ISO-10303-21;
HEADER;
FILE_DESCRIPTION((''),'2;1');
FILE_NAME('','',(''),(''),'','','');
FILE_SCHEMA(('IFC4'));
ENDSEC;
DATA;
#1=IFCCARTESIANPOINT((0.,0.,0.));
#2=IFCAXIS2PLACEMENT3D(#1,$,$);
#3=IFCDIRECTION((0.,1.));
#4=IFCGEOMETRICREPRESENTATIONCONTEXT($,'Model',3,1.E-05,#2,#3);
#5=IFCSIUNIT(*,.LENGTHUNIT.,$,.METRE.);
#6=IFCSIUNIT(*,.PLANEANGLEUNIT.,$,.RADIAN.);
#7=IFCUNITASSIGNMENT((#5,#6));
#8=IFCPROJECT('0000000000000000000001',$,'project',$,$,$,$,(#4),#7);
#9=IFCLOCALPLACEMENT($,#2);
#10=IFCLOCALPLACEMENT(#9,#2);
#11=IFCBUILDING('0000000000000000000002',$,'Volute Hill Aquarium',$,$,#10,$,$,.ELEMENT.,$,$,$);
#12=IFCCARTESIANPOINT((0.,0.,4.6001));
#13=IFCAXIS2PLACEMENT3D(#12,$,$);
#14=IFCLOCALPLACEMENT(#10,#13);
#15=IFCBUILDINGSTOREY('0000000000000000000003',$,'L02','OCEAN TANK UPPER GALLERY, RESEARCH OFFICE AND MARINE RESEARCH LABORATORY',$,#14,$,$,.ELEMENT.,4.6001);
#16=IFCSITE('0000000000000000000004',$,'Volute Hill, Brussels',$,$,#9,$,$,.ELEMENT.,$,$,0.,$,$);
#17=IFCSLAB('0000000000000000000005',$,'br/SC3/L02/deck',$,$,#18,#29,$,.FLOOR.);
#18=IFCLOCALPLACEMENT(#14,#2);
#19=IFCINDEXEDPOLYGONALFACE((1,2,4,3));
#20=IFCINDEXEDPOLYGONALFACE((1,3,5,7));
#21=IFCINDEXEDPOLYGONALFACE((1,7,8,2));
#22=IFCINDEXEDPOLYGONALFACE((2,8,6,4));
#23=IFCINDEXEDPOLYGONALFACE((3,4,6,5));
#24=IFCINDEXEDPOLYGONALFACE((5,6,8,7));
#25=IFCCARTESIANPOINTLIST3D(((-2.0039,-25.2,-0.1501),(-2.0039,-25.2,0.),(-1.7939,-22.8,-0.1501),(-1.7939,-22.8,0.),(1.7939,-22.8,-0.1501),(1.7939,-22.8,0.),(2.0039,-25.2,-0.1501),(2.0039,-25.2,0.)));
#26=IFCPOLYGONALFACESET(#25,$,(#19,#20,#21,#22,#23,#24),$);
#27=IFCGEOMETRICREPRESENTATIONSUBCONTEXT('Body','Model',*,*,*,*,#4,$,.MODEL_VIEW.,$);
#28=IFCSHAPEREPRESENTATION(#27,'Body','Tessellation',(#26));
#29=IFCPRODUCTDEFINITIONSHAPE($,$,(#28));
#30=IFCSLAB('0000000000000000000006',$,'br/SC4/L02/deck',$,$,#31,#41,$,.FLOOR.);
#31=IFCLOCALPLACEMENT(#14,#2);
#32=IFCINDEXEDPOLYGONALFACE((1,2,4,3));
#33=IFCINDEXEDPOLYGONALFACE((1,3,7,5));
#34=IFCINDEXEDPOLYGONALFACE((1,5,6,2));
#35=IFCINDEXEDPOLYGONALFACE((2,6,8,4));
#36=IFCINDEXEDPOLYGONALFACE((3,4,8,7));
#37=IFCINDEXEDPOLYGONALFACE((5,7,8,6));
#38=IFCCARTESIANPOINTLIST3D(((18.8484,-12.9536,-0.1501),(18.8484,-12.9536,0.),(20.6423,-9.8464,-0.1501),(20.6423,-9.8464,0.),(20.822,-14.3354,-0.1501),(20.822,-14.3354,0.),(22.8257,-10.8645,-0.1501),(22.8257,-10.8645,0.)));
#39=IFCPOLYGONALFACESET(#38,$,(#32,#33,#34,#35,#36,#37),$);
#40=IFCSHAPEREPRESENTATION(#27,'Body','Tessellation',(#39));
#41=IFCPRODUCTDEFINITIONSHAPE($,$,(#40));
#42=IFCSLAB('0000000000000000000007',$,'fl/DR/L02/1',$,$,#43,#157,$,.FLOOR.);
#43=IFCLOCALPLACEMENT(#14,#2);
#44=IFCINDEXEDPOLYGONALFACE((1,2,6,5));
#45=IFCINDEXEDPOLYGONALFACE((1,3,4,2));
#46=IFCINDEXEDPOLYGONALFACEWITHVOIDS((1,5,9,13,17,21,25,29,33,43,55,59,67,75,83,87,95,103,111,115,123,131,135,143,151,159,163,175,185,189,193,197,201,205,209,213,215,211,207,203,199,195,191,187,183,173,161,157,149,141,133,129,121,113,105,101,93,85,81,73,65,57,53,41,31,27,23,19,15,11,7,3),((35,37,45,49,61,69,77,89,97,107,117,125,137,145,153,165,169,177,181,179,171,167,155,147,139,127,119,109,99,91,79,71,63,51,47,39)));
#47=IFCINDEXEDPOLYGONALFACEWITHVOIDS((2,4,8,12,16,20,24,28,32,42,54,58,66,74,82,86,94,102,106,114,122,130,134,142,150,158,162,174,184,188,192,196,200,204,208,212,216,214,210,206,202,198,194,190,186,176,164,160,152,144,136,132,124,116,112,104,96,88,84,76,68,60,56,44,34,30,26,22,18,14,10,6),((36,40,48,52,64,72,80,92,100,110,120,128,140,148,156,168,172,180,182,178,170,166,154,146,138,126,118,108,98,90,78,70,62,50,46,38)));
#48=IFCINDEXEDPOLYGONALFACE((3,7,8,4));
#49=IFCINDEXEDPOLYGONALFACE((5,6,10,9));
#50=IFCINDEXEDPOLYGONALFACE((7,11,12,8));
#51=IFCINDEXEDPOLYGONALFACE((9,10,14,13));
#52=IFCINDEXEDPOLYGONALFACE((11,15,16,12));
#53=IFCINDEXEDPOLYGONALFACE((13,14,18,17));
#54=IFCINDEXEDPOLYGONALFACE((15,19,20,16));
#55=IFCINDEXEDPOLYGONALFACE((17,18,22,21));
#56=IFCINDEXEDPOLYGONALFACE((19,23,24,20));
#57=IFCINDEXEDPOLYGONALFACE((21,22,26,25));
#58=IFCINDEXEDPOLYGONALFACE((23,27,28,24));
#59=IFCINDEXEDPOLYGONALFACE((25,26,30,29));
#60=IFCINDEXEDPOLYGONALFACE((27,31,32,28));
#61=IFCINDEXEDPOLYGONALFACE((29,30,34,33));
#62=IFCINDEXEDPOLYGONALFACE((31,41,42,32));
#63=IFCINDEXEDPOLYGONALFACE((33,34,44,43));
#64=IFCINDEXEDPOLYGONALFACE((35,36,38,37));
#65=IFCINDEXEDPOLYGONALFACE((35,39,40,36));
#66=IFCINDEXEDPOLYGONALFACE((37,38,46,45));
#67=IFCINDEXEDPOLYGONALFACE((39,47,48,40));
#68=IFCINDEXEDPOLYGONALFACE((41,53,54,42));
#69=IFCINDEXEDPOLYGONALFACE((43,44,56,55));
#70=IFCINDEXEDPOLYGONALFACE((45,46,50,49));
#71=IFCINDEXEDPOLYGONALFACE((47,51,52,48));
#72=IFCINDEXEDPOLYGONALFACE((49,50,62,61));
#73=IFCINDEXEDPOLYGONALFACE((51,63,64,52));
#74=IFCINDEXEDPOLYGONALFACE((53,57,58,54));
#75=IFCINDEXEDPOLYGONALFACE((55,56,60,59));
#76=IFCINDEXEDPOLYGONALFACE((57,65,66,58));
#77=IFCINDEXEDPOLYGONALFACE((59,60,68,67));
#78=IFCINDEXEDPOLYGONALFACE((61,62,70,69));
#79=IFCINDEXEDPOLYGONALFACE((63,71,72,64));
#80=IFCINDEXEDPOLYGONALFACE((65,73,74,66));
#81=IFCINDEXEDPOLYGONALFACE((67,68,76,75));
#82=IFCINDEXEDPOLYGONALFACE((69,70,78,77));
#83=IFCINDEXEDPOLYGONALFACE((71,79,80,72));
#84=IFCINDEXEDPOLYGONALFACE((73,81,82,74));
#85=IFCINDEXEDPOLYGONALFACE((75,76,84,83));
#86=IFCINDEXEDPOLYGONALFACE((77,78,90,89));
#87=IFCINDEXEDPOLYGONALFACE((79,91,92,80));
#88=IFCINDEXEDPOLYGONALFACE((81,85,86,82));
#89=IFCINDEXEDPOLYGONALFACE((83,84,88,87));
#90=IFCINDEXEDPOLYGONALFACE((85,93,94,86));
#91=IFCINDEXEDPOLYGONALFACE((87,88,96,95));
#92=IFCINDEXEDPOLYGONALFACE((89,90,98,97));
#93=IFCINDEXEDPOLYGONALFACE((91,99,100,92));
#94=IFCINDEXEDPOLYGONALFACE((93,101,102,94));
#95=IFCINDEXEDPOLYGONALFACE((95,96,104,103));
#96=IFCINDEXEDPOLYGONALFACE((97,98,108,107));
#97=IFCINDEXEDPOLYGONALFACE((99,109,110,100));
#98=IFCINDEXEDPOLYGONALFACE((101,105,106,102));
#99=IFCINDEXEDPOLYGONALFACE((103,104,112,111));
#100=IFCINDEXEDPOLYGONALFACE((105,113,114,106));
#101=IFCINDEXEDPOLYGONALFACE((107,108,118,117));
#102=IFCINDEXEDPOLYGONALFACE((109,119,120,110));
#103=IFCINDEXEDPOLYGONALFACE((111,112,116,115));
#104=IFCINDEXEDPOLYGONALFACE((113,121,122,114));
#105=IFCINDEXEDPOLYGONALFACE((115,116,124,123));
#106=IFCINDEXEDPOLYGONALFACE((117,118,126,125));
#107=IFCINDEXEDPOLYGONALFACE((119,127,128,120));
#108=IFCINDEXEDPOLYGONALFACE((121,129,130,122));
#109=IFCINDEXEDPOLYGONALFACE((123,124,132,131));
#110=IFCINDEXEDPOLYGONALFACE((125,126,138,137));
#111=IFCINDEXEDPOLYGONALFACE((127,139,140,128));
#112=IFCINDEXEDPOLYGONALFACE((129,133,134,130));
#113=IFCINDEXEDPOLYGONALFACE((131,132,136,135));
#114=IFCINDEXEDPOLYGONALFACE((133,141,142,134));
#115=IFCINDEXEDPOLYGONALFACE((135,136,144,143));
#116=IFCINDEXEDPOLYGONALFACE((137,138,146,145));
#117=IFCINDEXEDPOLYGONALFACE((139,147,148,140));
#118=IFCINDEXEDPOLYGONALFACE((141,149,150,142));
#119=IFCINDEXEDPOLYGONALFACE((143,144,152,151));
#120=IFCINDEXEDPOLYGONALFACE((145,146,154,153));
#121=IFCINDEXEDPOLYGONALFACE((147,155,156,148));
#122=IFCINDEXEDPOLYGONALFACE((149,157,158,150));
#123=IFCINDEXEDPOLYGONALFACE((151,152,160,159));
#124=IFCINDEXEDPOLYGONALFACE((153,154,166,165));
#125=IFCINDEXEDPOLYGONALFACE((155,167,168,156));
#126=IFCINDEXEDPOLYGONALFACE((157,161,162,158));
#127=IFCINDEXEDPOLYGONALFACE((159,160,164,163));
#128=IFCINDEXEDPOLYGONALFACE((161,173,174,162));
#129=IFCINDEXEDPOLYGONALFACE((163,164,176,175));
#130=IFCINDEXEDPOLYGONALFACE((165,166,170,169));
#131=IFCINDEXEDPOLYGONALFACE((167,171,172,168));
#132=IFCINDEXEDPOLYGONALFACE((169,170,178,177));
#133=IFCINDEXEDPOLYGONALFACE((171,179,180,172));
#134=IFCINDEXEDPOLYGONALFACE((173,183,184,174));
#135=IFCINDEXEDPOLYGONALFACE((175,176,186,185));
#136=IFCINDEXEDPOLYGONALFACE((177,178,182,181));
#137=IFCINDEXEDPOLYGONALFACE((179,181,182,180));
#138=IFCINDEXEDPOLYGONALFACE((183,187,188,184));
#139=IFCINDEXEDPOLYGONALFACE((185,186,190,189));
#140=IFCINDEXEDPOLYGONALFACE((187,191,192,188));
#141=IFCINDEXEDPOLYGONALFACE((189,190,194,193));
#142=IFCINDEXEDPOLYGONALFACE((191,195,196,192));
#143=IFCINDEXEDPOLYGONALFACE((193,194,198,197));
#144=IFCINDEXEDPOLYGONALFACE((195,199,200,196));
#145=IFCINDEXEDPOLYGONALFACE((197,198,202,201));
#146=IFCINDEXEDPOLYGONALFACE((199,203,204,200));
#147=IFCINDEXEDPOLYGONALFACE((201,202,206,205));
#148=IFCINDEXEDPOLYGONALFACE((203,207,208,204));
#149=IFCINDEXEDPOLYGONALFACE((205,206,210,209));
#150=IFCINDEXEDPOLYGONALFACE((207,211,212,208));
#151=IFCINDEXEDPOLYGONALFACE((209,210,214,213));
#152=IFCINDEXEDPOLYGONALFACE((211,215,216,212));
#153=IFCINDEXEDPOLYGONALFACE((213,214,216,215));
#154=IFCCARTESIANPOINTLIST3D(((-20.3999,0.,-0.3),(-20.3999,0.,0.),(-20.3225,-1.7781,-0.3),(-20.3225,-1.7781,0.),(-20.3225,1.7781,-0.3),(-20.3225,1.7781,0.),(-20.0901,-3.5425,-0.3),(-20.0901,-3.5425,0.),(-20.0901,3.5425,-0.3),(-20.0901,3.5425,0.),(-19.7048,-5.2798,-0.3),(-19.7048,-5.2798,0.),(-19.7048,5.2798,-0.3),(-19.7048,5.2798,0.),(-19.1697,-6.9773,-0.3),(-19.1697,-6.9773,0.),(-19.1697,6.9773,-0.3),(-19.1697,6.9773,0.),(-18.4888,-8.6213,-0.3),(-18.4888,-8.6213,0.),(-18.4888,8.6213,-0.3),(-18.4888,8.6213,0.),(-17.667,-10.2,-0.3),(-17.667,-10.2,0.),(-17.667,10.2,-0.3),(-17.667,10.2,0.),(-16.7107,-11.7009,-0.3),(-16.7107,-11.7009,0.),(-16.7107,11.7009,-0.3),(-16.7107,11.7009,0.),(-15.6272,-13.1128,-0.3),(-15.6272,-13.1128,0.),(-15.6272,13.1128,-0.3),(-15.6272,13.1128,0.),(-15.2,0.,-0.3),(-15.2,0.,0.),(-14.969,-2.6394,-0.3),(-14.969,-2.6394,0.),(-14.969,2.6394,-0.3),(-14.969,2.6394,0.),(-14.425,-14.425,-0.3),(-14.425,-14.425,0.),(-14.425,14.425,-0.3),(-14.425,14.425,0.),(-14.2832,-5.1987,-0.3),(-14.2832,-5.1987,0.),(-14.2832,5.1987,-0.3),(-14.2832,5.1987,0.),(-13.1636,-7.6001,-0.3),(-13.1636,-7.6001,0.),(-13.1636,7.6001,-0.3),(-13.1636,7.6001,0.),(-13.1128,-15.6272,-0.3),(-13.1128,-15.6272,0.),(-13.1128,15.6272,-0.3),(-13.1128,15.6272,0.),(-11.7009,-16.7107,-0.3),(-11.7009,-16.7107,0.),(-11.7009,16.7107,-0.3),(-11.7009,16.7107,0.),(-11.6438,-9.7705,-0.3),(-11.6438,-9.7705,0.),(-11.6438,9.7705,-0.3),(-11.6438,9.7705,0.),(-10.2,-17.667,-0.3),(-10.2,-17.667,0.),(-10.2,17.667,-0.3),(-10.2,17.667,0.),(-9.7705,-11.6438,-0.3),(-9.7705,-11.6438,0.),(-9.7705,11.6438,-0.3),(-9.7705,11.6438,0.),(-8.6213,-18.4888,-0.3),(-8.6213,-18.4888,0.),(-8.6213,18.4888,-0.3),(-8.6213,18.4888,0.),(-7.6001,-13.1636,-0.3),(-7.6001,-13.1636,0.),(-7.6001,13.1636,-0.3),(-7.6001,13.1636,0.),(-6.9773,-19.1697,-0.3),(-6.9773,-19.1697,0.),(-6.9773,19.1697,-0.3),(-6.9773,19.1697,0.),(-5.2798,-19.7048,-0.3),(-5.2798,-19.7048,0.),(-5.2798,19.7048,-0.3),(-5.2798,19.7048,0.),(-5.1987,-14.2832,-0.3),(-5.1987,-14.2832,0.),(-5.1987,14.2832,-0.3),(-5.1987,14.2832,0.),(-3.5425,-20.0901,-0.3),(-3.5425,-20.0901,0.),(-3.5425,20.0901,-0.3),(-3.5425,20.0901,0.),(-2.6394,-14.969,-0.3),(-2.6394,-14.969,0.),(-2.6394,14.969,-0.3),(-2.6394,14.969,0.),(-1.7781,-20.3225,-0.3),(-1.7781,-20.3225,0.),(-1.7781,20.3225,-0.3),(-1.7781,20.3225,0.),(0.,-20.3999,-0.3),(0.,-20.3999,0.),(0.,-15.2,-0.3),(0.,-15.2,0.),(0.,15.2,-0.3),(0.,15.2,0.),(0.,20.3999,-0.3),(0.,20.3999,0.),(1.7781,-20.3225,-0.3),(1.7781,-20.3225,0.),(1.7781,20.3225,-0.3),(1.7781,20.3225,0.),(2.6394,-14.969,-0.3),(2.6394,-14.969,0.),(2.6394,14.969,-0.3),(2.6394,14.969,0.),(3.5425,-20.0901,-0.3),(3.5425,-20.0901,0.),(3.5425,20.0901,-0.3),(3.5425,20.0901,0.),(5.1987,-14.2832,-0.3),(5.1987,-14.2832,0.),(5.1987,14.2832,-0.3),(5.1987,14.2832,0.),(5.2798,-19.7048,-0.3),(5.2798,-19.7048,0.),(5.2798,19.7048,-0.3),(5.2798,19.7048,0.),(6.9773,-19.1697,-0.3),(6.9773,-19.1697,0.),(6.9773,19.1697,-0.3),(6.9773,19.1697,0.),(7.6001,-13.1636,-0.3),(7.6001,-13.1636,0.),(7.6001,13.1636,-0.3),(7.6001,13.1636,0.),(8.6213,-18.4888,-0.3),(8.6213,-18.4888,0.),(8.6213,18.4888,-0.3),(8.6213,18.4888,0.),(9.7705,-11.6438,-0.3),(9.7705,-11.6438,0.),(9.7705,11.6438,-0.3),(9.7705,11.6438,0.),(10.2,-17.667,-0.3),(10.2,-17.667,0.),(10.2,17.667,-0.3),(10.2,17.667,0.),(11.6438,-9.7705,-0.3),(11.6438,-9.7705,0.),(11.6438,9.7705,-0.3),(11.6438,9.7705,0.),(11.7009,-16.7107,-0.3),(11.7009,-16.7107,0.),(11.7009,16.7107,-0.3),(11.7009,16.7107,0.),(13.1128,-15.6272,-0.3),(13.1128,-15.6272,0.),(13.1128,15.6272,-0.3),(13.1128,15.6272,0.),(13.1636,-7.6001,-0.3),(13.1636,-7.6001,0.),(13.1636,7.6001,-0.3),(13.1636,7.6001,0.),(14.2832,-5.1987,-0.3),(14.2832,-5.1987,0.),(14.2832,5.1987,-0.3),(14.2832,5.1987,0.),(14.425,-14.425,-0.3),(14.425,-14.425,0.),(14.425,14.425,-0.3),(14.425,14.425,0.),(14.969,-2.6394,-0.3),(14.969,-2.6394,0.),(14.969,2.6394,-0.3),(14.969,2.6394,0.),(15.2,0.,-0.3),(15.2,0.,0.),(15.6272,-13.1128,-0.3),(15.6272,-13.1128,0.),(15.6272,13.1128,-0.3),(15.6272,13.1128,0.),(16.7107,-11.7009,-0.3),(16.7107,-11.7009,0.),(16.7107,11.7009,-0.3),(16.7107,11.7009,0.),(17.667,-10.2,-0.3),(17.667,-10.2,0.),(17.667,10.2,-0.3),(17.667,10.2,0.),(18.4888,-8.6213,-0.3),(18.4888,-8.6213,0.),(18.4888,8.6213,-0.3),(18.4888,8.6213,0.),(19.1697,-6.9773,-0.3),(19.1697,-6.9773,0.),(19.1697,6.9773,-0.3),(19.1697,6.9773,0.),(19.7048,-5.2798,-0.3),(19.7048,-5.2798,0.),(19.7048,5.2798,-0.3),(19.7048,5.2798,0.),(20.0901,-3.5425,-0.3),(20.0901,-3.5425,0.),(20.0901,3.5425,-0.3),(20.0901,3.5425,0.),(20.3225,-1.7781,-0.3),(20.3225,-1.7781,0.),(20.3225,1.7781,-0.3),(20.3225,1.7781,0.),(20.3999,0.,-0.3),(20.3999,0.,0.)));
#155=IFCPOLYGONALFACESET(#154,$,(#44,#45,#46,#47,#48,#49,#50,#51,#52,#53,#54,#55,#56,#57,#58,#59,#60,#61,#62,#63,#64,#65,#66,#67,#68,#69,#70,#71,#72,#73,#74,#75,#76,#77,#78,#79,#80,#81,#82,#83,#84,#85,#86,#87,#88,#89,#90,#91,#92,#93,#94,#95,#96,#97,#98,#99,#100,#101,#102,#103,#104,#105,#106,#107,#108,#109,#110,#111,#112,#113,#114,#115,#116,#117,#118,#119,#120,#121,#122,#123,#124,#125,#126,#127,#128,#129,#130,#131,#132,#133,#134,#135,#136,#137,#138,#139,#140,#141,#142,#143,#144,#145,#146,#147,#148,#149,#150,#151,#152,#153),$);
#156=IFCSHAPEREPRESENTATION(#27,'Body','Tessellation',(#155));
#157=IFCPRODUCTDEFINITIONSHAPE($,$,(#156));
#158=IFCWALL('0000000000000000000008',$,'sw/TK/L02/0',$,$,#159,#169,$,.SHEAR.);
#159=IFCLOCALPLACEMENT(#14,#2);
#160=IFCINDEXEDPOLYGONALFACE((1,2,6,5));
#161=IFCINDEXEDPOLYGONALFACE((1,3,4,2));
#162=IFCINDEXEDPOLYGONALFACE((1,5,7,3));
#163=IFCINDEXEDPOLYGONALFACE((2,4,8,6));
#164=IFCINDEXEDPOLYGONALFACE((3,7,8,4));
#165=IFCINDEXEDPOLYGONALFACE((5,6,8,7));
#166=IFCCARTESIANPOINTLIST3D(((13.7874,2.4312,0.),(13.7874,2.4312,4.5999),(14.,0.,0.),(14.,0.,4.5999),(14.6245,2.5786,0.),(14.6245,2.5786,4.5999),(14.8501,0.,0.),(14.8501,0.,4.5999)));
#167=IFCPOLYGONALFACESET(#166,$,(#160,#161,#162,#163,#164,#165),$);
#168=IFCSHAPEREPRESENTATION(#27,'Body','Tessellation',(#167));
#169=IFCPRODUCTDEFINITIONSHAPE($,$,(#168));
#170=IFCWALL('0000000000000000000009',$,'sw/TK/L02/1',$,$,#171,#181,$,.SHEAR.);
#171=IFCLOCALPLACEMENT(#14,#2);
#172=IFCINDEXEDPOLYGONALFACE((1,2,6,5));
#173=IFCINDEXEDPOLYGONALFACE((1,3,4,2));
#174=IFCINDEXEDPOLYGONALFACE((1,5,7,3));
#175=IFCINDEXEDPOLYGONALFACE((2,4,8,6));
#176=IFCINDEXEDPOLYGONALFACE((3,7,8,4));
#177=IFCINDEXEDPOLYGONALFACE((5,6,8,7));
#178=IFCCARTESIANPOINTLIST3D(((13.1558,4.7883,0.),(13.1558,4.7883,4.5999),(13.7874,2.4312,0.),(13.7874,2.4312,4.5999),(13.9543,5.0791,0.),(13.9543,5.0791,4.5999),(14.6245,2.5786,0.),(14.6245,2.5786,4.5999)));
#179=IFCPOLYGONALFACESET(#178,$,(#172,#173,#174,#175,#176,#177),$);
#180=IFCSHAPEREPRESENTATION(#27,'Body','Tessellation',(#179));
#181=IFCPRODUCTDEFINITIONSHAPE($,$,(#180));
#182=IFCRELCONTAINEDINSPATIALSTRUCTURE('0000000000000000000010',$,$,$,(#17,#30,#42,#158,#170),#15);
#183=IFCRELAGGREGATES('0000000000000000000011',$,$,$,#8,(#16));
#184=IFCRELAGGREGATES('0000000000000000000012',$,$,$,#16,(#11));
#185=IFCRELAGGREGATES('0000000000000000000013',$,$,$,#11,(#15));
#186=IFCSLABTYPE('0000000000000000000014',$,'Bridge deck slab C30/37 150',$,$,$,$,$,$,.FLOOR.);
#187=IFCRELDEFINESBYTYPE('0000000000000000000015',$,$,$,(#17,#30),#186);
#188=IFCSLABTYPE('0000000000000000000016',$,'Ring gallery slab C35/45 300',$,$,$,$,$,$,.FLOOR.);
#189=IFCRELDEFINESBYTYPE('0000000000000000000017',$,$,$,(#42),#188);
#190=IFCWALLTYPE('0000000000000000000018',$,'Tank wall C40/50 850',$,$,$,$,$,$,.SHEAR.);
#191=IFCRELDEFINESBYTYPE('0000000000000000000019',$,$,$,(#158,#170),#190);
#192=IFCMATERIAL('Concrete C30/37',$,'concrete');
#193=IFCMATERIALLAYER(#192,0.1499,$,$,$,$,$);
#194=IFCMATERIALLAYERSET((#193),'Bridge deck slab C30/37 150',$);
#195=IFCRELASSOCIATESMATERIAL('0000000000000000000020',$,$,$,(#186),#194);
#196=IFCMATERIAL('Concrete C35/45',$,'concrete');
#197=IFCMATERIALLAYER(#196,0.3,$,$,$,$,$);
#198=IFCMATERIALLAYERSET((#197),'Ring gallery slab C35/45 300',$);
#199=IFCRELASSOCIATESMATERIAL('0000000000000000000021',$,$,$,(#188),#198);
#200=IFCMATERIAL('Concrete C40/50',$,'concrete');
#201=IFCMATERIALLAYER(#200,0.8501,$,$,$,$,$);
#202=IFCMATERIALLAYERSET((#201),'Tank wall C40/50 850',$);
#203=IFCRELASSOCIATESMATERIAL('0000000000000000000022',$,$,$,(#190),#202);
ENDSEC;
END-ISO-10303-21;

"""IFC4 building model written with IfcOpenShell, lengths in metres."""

from ifc_helpers import new_model, si_unit, direction, frame, origin, place, context, subcontext, project, spatial, polyline, outline, extrude, material, layer, layer_set, type_object, element, save


model = new_model("IFC4")

# Units and contexts
model_context = context("Model", 3, precision=1e-05, world=origin(), true_north=direction((0.0, 1.0)))
body_context = subcontext(model_context, "Body", "Model", "MODEL_VIEW")
ifc_project = project(units=[si_unit("LENGTHUNIT", "METRE"), si_unit("PLANEANGLEUNIT", "RADIAN")], contexts=[model_context])

# Site, building, storey
site_placement = place(None, origin())
site = spatial("IfcSite", under=ifc_project, at=site_placement, Name="Volute Hill, Brussels", CompositionType="ELEMENT", RefElevation=0.0)
building_placement = place(site_placement, origin())
building = spatial("IfcBuilding", under=site, at=building_placement, Name="Volute Hill Aquarium", CompositionType="ELEMENT")
storey_placement = place(building_placement, frame((0.0, 0.0, 4.6001)))
storey = spatial("IfcBuildingStorey", under=building, at=storey_placement, Name="L02", Description="OCEAN TANK UPPER GALLERY, RESEARCH OFFICE AND MARINE RESEARCH LABORATORY", CompositionType="ELEMENT", Elevation=4.6001)

# Slabs
ifc_material_1 = material(Name="Concrete C30/37", Category="concrete")
ifc_layer_1 = layer(ifc_material_1, 0.1499)
ifc_layer_set_1 = layer_set([ifc_layer_1], Name="Bridge deck slab C30/37 150")
slab_type_1 = type_object("IfcSlabType", Name="Bridge deck slab C30/37 150", PredefinedType="FLOOR", material=ifc_layer_set_1)
slab_1_placement = place(storey_placement, frame((0.0, 0.0, -0.1501)))
element("IfcSlab", 1, at=slab_1_placement, inside=storey, type_object=slab_type_1, Name="br/SC3/L02/deck", PredefinedType="FLOOR", context=body_context, shape_type="SweptSolid", body=[
    extrude(outline(polyline([(-1.7939, -22.8), (-2.0039, -25.2), (2.0039, -25.2), (1.7939, -22.8), (-1.7939, -22.8)])), origin(), (0.0, 0.0, 1.0), 0.1501),
])
slab_2_placement = place(storey_placement, frame((0.0, 0.0, -0.1501)))
element("IfcSlab", 2, at=slab_2_placement, inside=storey, type_object=slab_type_1, Name="br/SC4/L02/deck", PredefinedType="FLOOR", context=body_context, shape_type="SweptSolid", body=[
    extrude(outline(polyline([(18.8484, -12.9536), (20.822, -14.3354), (22.8257, -10.8645), (20.6423, -9.8464), (18.8484, -12.9536)])), origin(), (0.0, 0.0, 1.0), 0.1501),
])
ifc_material_2 = material(Name="Concrete C35/45", Category="concrete")
ifc_layer_2 = layer(ifc_material_2, 0.3)
ifc_layer_set_2 = layer_set([ifc_layer_2], Name="Ring gallery slab C35/45 300")
slab_type_2 = type_object("IfcSlabType", Name="Ring gallery slab C35/45 300", PredefinedType="FLOOR", material=ifc_layer_set_2)
slab_3_placement = place(storey_placement, frame((0.0, 0.0, -0.3)))
element("IfcSlab", 3, at=slab_3_placement, inside=storey, type_object=slab_type_2, Name="fl/DR/L02/1", PredefinedType="FLOOR", context=body_context, shape_type="SweptSolid", body=[
    extrude(outline(polyline([(20.3999, 0.0), (20.3225, 1.7781), (20.0901, 3.5425), (19.7048, 5.2798), (19.1697, 6.9773), (18.4888, 8.6213), (17.667, 10.2), (16.7107, 11.7009), (15.6272, 13.1128), (14.425, 14.425), (13.1128, 15.6272), (11.7009, 16.7107), (10.2, 17.667), (8.6213, 18.4888), (6.9773, 19.1697), (5.2798, 19.7048), (3.5425, 20.0901), (1.7781, 20.3225), (0.0, 20.3999), (-1.7781, 20.3225), (-3.5425, 20.0901), (-5.2798, 19.7048), (-6.9773, 19.1697), (-8.6213, 18.4888), (-10.2, 17.667), (-11.7009, 16.7107), (-13.1128, 15.6272), (-14.425, 14.425), (-15.6272, 13.1128), (-16.7107, 11.7009), (-17.667, 10.2), (-18.4888, 8.6213), (-19.1697, 6.9773), (-19.7048, 5.2798), (-20.0901, 3.5425), (-20.3225, 1.7781), (-20.3999, 0.0), (-20.3225, -1.7781), (-20.0901, -3.5425), (-19.7048, -5.2798), (-19.1697, -6.9773), (-18.4888, -8.6213), (-17.667, -10.2), (-16.7107, -11.7009), (-15.6272, -13.1128), (-14.425, -14.425), (-13.1128, -15.6272), (-11.7009, -16.7107), (-10.2, -17.667), (-8.6213, -18.4888), (-6.9773, -19.1697), (-5.2798, -19.7048), (-3.5425, -20.0901), (-1.7781, -20.3225), (0.0, -20.3999), (1.7781, -20.3225), (3.5425, -20.0901), (5.2798, -19.7048), (6.9773, -19.1697), (8.6213, -18.4888), (10.2, -17.667), (11.7009, -16.7107), (13.1128, -15.6272), (14.425, -14.425), (15.6272, -13.1128), (16.7107, -11.7009), (17.667, -10.2), (18.4888, -8.6213), (19.1697, -6.9773), (19.7048, -5.2798), (20.0901, -3.5425), (20.3225, -1.7781), (20.3999, 0.0)]), holes=[polyline([(14.969, -2.6394), (14.2832, -5.1987), (13.1636, -7.6001), (11.6438, -9.7705), (9.7705, -11.6438), (7.6001, -13.1636), (5.1987, -14.2832), (2.6394, -14.969), (0.0, -15.2), (-2.6394, -14.969), (-5.1987, -14.2832), (-7.6001, -13.1636), (-9.7705, -11.6438), (-11.6438, -9.7705), (-13.1636, -7.6001), (-14.2832, -5.1987), (-14.969, -2.6394), (-15.2, 0.0), (-14.969, 2.6394), (-14.2832, 5.1987), (-13.1636, 7.6001), (-11.6438, 9.7705), (-9.7705, 11.6438), (-7.6001, 13.1636), (-5.1987, 14.2832), (-2.6394, 14.969), (0.0, 15.2), (2.6394, 14.969), (5.1987, 14.2832), (7.6001, 13.1636), (9.7705, 11.6438), (11.6438, 9.7705), (13.1636, 7.6001), (14.2832, 5.1987), (14.969, 2.6394), (15.2, 0.0), (14.969, -2.6394)])]), origin(), (0.0, 0.0, 1.0), 0.3),
])

# Walls
ifc_material_3 = material(Name="Concrete C40/50", Category="concrete")
ifc_layer_3 = layer(ifc_material_3, 0.8501)
ifc_layer_set_3 = layer_set([ifc_layer_3], Name="Tank wall C40/50 850")
wall_type = type_object("IfcWallType", Name="Tank wall C40/50 850", PredefinedType="SHEAR", material=ifc_layer_set_3)
wall_1_placement = place(storey_placement, origin())
element("IfcWall", 4, at=wall_1_placement, inside=storey, type_object=wall_type, Name="sw/TK/L02/0", PredefinedType="SHEAR", context=body_context, shape_type="SweptSolid", body=[
    extrude(outline(polyline([(14.0, 0.0), (14.8501, 0.0), (14.6245, 2.5786), (13.7874, 2.4312), (14.0, 0.0)])), origin(), (0.0, 0.0, 1.0), 4.5999),
])
wall_2_placement = place(storey_placement, origin())
element("IfcWall", 5, at=wall_2_placement, inside=storey, type_object=wall_type, Name="sw/TK/L02/1", PredefinedType="SHEAR", context=body_context, shape_type="SweptSolid", body=[
    extrude(outline(polyline([(13.7874, 2.4312), (14.6245, 2.5786), (13.9543, 5.0791), (13.1558, 4.7883), (13.7874, 2.4312)])), origin(), (0.0, 0.0, 1.0), 4.5999),
])

save(model, "model.ifc")
